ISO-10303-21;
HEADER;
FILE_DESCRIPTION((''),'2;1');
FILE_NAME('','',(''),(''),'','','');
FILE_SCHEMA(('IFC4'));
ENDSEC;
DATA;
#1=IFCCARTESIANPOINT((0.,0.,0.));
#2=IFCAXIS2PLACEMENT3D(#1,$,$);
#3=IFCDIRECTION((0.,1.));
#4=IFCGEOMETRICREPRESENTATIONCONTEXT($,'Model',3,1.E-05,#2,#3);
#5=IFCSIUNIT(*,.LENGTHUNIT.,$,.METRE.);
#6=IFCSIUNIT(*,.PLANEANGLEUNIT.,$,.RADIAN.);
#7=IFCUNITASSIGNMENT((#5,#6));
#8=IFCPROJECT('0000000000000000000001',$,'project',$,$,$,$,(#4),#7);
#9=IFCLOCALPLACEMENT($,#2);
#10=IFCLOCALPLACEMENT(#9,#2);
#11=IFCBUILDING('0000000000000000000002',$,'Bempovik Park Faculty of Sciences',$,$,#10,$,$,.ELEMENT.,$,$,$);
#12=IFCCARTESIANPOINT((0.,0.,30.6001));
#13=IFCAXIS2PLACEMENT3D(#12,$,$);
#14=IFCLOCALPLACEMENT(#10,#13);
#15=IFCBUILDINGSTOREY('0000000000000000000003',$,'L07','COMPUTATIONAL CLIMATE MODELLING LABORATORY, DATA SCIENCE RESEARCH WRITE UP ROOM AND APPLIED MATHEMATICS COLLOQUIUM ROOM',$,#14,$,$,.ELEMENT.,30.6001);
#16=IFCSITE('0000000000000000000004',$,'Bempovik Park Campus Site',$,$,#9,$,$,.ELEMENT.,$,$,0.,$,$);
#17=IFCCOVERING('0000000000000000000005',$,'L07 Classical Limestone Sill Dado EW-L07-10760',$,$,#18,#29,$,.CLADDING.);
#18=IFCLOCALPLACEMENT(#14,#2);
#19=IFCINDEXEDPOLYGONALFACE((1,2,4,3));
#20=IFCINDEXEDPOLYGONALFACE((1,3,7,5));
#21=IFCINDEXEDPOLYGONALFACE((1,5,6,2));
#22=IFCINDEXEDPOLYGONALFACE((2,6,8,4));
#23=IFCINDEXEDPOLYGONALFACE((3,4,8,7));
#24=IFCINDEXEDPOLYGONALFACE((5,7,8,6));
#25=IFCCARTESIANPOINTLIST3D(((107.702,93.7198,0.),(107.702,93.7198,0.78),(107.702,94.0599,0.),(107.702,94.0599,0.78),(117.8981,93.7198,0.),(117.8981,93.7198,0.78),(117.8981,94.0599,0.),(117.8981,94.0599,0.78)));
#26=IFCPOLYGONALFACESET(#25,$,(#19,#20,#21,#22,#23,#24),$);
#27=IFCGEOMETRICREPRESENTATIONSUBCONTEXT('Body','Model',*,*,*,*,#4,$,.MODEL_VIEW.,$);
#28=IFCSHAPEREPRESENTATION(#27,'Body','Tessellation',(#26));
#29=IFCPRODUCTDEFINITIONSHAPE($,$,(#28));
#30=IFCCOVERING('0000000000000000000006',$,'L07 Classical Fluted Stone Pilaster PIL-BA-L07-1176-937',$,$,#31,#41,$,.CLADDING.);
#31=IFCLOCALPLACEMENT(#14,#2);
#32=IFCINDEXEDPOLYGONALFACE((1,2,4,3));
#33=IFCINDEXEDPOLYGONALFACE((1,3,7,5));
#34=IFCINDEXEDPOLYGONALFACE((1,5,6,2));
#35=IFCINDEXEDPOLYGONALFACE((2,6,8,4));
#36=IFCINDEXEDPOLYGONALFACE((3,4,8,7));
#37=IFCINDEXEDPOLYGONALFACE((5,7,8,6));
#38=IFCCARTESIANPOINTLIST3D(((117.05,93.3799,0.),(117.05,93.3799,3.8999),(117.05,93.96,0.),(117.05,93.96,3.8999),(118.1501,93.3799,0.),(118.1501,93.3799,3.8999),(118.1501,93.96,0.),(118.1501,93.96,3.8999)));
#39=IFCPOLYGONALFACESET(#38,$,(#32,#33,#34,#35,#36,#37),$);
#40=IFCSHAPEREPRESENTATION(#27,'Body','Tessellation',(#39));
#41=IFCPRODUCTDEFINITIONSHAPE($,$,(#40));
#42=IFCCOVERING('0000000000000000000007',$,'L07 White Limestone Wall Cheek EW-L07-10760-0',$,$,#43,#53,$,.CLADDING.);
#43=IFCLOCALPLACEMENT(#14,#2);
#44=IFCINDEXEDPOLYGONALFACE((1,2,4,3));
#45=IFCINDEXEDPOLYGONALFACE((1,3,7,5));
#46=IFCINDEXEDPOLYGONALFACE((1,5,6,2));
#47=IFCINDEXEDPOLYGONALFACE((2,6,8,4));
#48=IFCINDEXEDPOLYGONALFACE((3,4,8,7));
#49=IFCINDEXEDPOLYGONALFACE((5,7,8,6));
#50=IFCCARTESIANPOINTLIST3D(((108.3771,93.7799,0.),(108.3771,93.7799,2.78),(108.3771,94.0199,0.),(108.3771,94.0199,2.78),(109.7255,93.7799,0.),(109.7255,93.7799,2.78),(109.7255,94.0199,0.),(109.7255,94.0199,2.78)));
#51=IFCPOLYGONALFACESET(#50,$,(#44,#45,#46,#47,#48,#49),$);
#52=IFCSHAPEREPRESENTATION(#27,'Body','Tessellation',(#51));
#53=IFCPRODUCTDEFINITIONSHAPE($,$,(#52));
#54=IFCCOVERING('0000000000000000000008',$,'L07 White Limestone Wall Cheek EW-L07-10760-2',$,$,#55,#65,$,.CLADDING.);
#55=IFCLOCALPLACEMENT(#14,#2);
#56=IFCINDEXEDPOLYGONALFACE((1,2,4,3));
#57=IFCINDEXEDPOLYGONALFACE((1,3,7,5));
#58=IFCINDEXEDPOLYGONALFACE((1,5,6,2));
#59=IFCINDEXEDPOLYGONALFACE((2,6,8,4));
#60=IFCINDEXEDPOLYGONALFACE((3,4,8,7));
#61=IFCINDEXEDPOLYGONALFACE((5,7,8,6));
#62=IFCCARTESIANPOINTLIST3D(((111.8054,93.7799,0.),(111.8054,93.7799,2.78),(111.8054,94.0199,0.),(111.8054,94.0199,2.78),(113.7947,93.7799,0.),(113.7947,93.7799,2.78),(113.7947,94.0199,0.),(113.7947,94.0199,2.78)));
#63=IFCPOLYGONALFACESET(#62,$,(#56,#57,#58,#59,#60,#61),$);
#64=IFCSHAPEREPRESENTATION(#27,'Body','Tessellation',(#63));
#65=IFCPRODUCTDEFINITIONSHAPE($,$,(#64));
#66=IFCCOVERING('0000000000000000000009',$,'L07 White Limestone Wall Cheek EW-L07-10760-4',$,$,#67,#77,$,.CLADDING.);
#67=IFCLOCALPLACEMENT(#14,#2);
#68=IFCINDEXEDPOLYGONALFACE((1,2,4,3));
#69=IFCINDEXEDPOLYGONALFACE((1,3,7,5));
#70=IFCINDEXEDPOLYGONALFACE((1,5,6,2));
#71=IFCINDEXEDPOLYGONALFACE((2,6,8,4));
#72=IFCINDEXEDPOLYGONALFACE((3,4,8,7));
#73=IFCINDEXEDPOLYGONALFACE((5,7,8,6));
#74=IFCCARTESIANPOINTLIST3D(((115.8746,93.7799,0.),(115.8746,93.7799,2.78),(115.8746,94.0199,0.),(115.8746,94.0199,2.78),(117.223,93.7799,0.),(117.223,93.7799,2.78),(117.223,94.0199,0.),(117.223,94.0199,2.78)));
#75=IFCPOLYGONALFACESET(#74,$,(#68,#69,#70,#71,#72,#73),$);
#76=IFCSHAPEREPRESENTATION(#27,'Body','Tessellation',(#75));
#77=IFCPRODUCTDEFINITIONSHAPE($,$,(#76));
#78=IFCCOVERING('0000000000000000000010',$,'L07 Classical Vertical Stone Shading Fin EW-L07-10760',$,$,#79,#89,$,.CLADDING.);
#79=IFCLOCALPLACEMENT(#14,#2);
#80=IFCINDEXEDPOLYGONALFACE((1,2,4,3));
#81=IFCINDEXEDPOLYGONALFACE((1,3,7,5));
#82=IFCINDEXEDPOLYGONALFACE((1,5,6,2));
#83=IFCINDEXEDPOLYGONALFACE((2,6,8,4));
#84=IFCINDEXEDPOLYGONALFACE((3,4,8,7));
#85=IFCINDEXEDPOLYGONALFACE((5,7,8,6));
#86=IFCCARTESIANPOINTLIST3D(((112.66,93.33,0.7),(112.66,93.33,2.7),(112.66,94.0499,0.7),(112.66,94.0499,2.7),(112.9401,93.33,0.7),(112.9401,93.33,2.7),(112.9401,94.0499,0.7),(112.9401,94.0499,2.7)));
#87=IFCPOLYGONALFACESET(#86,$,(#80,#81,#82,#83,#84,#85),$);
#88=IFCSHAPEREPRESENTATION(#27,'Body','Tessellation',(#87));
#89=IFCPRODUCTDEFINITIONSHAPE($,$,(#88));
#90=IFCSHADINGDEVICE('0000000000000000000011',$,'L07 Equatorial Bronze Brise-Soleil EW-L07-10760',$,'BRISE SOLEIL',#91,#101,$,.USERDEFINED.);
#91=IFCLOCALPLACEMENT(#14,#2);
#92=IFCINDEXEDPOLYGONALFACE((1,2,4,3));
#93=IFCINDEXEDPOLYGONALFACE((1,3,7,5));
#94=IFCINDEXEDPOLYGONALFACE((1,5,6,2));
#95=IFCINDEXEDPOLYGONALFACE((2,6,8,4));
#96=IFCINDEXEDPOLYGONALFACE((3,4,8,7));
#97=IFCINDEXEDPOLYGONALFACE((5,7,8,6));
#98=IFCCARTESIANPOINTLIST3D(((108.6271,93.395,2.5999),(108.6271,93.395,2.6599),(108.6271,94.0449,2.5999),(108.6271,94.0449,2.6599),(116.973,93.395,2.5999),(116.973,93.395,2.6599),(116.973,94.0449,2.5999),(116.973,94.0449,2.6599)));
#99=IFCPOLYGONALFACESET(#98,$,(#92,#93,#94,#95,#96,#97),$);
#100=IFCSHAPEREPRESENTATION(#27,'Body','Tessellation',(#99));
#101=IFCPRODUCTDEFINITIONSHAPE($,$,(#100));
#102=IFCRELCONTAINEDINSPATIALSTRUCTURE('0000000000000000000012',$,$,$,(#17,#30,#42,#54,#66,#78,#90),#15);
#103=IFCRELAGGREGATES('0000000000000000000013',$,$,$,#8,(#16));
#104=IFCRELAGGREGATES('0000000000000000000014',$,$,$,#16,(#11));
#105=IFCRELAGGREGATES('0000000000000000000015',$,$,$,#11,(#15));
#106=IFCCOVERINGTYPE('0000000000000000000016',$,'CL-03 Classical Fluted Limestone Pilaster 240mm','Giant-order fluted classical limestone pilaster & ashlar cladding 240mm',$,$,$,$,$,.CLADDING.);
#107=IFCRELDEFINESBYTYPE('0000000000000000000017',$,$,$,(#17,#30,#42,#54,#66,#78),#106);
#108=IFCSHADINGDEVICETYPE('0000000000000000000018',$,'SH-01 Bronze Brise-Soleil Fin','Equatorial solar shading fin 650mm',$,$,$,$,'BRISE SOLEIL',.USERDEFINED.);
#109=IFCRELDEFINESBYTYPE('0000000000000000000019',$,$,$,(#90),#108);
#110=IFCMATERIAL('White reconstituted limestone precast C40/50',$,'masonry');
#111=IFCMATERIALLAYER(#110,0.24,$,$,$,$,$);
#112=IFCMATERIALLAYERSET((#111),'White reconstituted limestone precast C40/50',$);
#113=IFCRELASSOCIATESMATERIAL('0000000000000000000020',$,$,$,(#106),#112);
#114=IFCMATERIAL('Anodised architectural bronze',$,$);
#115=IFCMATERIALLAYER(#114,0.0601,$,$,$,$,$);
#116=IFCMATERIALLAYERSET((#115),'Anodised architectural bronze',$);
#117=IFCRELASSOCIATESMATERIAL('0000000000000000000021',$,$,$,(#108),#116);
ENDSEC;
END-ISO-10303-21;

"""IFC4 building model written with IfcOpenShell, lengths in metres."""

from ifc_helpers import new_model, si_unit, direction, frame, origin, origin_2d, place, context, subcontext, project, spatial, rectangle, extrude, material, layer, layer_set, type_object, element, save


model = new_model("IFC4")

# Units and contexts
model_context = context("Model", 3, precision=1e-05, world=origin(), true_north=direction((0.0, 1.0)))
body_context = subcontext(model_context, "Body", "Model", "MODEL_VIEW")
ifc_project = project(units=[si_unit("LENGTHUNIT", "METRE"), si_unit("PLANEANGLEUNIT", "RADIAN")], contexts=[model_context])

# Site, building, storey
site_placement = place(None, origin())
site = spatial("IfcSite", under=ifc_project, at=site_placement, Name="Bempovik Park Campus Site", CompositionType="ELEMENT", RefElevation=0.0)
building_placement = place(site_placement, origin())
building = spatial("IfcBuilding", under=site, at=building_placement, Name="Bempovik Park Faculty of Sciences", CompositionType="ELEMENT")
storey_placement = place(building_placement, frame((0.0, 0.0, 30.6001)))
storey = spatial("IfcBuildingStorey", under=building, at=storey_placement, Name="L07", Description="COMPUTATIONAL CLIMATE MODELLING LABORATORY, DATA SCIENCE RESEARCH WRITE UP ROOM AND APPLIED MATHEMATICS COLLOQUIUM ROOM", CompositionType="ELEMENT", Elevation=30.6001)

# Coverings
ifc_material_1 = material(Name="White reconstituted limestone precast C40/50", Category="masonry")
ifc_layer_1 = layer(ifc_material_1, 0.24)
ifc_layer_set_1 = layer_set([ifc_layer_1], Name="White reconstituted limestone precast C40/50")
covering_type_1 = type_object("IfcCoveringType", Name="CL-03 Classical Fluted Limestone Pilaster 240mm", Description="Giant-order fluted classical limestone pilaster & ashlar cladding 240mm", PredefinedType="CLADDING", material=ifc_layer_set_1)
covering_1_placement = place(storey_placement, frame((112.8, 93.8899, 0.0), z_axis=(0.0, 0.0, 1.0), x_axis=(1.0, 0.0, 0.0)))
element("IfcCovering", 1, at=covering_1_placement, inside=storey, type_object=covering_type_1, Name="L07 Classical Limestone Sill Dado EW-L07-10760", PredefinedType="CLADDING", context=body_context, shape_type="SweptSolid", body=[
    extrude(rectangle(XDim=10.196, YDim=0.3401, at=origin_2d()), origin(), (0.0, 0.0, 1.0), 0.78),
])
covering_2_placement = place(storey_placement, frame((117.6001, 93.6699, 0.0), z_axis=(0.0, 0.0, 1.0), x_axis=(1.0, 0.0, 0.0)))
element("IfcCovering", 2, at=covering_2_placement, inside=storey, type_object=covering_type_1, Name="L07 Classical Fluted Stone Pilaster PIL-BA-L07-1176-937", PredefinedType="CLADDING", context=body_context, shape_type="SweptSolid", body=[
    extrude(rectangle(XDim=1.1001, YDim=0.5801, at=origin_2d()), origin(), (0.0, 0.0, 1.0), 3.8999),
])
covering_3_placement = place(storey_placement, frame((109.0513, 93.8999, 0.0), z_axis=(0.0, 0.0, 1.0), x_axis=(1.0, 0.0, 0.0)))
element("IfcCovering", 3, at=covering_3_placement, inside=storey, type_object=covering_type_1, Name="L07 White Limestone Wall Cheek EW-L07-10760-0", PredefinedType="CLADDING", context=body_context, shape_type="SweptSolid", body=[
    extrude(rectangle(XDim=1.3484, YDim=0.24, at=origin_2d()), origin(), (0.0, 0.0, 1.0), 2.78),
])
covering_4_placement = place(storey_placement, frame((112.8, 93.8999, 0.0), z_axis=(0.0, 0.0, 1.0), x_axis=(1.0, 0.0, 0.0)))
element("IfcCovering", 4, at=covering_4_placement, inside=storey, type_object=covering_type_1, Name="L07 White Limestone Wall Cheek EW-L07-10760-2", PredefinedType="CLADDING", context=body_context, shape_type="SweptSolid", body=[
    extrude(rectangle(XDim=1.9893, YDim=0.24, at=origin_2d()), origin(), (0.0, 0.0, 1.0), 2.78),
])
covering_5_placement = place(storey_placement, frame((116.5488, 93.8999, 0.0), z_axis=(0.0, 0.0, 1.0), x_axis=(1.0, 0.0, 0.0)))
element("IfcCovering", 5, at=covering_5_placement, inside=storey, type_object=covering_type_1, Name="L07 White Limestone Wall Cheek EW-L07-10760-4", PredefinedType="CLADDING", context=body_context, shape_type="SweptSolid", body=[
    extrude(rectangle(XDim=1.3484, YDim=0.24, at=origin_2d()), origin(), (0.0, 0.0, 1.0), 2.78),
])
covering_6_placement = place(storey_placement, frame((112.8, 93.6899, 0.7), z_axis=(0.0, 0.0, 1.0), x_axis=(1.0, 0.0, 0.0)))
element("IfcCovering", 6, at=covering_6_placement, inside=storey, type_object=covering_type_1, Name="L07 Classical Vertical Stone Shading Fin EW-L07-10760", PredefinedType="CLADDING", context=body_context, shape_type="SweptSolid", body=[
    extrude(rectangle(XDim=0.28, YDim=0.72, at=origin_2d()), origin(), (0.0, 0.0, 1.0), 2.0),
])

# Shading device
ifc_material_2 = material(Name="Anodised architectural bronze")
ifc_layer_2 = layer(ifc_material_2, 0.0601)
ifc_layer_set_2 = layer_set([ifc_layer_2], Name="Anodised architectural bronze")
shading_device_type = type_object("IfcShadingDeviceType", Name="SH-01 Bronze Brise-Soleil Fin", Description="Equatorial solar shading fin 650mm", ElementType="BRISE SOLEIL", PredefinedType="USERDEFINED", material=ifc_layer_set_2)
shading_device_placement = place(storey_placement, frame((112.8, 93.72, 2.5999), z_axis=(0.0, 0.0, 1.0), x_axis=(1.0, 0.0, 0.0)))
element("IfcShadingDevice", 7, at=shading_device_placement, inside=storey, type_object=shading_device_type, Name="L07 Equatorial Bronze Brise-Soleil EW-L07-10760", ObjectType="BRISE SOLEIL", PredefinedType="USERDEFINED", context=body_context, shape_type="SweptSolid", body=[
    extrude(rectangle(XDim=8.3459, YDim=0.6499, at=origin_2d()), origin(), (0.0, 0.0, 1.0), 0.0601),
])

save(model, "model.ifc")
